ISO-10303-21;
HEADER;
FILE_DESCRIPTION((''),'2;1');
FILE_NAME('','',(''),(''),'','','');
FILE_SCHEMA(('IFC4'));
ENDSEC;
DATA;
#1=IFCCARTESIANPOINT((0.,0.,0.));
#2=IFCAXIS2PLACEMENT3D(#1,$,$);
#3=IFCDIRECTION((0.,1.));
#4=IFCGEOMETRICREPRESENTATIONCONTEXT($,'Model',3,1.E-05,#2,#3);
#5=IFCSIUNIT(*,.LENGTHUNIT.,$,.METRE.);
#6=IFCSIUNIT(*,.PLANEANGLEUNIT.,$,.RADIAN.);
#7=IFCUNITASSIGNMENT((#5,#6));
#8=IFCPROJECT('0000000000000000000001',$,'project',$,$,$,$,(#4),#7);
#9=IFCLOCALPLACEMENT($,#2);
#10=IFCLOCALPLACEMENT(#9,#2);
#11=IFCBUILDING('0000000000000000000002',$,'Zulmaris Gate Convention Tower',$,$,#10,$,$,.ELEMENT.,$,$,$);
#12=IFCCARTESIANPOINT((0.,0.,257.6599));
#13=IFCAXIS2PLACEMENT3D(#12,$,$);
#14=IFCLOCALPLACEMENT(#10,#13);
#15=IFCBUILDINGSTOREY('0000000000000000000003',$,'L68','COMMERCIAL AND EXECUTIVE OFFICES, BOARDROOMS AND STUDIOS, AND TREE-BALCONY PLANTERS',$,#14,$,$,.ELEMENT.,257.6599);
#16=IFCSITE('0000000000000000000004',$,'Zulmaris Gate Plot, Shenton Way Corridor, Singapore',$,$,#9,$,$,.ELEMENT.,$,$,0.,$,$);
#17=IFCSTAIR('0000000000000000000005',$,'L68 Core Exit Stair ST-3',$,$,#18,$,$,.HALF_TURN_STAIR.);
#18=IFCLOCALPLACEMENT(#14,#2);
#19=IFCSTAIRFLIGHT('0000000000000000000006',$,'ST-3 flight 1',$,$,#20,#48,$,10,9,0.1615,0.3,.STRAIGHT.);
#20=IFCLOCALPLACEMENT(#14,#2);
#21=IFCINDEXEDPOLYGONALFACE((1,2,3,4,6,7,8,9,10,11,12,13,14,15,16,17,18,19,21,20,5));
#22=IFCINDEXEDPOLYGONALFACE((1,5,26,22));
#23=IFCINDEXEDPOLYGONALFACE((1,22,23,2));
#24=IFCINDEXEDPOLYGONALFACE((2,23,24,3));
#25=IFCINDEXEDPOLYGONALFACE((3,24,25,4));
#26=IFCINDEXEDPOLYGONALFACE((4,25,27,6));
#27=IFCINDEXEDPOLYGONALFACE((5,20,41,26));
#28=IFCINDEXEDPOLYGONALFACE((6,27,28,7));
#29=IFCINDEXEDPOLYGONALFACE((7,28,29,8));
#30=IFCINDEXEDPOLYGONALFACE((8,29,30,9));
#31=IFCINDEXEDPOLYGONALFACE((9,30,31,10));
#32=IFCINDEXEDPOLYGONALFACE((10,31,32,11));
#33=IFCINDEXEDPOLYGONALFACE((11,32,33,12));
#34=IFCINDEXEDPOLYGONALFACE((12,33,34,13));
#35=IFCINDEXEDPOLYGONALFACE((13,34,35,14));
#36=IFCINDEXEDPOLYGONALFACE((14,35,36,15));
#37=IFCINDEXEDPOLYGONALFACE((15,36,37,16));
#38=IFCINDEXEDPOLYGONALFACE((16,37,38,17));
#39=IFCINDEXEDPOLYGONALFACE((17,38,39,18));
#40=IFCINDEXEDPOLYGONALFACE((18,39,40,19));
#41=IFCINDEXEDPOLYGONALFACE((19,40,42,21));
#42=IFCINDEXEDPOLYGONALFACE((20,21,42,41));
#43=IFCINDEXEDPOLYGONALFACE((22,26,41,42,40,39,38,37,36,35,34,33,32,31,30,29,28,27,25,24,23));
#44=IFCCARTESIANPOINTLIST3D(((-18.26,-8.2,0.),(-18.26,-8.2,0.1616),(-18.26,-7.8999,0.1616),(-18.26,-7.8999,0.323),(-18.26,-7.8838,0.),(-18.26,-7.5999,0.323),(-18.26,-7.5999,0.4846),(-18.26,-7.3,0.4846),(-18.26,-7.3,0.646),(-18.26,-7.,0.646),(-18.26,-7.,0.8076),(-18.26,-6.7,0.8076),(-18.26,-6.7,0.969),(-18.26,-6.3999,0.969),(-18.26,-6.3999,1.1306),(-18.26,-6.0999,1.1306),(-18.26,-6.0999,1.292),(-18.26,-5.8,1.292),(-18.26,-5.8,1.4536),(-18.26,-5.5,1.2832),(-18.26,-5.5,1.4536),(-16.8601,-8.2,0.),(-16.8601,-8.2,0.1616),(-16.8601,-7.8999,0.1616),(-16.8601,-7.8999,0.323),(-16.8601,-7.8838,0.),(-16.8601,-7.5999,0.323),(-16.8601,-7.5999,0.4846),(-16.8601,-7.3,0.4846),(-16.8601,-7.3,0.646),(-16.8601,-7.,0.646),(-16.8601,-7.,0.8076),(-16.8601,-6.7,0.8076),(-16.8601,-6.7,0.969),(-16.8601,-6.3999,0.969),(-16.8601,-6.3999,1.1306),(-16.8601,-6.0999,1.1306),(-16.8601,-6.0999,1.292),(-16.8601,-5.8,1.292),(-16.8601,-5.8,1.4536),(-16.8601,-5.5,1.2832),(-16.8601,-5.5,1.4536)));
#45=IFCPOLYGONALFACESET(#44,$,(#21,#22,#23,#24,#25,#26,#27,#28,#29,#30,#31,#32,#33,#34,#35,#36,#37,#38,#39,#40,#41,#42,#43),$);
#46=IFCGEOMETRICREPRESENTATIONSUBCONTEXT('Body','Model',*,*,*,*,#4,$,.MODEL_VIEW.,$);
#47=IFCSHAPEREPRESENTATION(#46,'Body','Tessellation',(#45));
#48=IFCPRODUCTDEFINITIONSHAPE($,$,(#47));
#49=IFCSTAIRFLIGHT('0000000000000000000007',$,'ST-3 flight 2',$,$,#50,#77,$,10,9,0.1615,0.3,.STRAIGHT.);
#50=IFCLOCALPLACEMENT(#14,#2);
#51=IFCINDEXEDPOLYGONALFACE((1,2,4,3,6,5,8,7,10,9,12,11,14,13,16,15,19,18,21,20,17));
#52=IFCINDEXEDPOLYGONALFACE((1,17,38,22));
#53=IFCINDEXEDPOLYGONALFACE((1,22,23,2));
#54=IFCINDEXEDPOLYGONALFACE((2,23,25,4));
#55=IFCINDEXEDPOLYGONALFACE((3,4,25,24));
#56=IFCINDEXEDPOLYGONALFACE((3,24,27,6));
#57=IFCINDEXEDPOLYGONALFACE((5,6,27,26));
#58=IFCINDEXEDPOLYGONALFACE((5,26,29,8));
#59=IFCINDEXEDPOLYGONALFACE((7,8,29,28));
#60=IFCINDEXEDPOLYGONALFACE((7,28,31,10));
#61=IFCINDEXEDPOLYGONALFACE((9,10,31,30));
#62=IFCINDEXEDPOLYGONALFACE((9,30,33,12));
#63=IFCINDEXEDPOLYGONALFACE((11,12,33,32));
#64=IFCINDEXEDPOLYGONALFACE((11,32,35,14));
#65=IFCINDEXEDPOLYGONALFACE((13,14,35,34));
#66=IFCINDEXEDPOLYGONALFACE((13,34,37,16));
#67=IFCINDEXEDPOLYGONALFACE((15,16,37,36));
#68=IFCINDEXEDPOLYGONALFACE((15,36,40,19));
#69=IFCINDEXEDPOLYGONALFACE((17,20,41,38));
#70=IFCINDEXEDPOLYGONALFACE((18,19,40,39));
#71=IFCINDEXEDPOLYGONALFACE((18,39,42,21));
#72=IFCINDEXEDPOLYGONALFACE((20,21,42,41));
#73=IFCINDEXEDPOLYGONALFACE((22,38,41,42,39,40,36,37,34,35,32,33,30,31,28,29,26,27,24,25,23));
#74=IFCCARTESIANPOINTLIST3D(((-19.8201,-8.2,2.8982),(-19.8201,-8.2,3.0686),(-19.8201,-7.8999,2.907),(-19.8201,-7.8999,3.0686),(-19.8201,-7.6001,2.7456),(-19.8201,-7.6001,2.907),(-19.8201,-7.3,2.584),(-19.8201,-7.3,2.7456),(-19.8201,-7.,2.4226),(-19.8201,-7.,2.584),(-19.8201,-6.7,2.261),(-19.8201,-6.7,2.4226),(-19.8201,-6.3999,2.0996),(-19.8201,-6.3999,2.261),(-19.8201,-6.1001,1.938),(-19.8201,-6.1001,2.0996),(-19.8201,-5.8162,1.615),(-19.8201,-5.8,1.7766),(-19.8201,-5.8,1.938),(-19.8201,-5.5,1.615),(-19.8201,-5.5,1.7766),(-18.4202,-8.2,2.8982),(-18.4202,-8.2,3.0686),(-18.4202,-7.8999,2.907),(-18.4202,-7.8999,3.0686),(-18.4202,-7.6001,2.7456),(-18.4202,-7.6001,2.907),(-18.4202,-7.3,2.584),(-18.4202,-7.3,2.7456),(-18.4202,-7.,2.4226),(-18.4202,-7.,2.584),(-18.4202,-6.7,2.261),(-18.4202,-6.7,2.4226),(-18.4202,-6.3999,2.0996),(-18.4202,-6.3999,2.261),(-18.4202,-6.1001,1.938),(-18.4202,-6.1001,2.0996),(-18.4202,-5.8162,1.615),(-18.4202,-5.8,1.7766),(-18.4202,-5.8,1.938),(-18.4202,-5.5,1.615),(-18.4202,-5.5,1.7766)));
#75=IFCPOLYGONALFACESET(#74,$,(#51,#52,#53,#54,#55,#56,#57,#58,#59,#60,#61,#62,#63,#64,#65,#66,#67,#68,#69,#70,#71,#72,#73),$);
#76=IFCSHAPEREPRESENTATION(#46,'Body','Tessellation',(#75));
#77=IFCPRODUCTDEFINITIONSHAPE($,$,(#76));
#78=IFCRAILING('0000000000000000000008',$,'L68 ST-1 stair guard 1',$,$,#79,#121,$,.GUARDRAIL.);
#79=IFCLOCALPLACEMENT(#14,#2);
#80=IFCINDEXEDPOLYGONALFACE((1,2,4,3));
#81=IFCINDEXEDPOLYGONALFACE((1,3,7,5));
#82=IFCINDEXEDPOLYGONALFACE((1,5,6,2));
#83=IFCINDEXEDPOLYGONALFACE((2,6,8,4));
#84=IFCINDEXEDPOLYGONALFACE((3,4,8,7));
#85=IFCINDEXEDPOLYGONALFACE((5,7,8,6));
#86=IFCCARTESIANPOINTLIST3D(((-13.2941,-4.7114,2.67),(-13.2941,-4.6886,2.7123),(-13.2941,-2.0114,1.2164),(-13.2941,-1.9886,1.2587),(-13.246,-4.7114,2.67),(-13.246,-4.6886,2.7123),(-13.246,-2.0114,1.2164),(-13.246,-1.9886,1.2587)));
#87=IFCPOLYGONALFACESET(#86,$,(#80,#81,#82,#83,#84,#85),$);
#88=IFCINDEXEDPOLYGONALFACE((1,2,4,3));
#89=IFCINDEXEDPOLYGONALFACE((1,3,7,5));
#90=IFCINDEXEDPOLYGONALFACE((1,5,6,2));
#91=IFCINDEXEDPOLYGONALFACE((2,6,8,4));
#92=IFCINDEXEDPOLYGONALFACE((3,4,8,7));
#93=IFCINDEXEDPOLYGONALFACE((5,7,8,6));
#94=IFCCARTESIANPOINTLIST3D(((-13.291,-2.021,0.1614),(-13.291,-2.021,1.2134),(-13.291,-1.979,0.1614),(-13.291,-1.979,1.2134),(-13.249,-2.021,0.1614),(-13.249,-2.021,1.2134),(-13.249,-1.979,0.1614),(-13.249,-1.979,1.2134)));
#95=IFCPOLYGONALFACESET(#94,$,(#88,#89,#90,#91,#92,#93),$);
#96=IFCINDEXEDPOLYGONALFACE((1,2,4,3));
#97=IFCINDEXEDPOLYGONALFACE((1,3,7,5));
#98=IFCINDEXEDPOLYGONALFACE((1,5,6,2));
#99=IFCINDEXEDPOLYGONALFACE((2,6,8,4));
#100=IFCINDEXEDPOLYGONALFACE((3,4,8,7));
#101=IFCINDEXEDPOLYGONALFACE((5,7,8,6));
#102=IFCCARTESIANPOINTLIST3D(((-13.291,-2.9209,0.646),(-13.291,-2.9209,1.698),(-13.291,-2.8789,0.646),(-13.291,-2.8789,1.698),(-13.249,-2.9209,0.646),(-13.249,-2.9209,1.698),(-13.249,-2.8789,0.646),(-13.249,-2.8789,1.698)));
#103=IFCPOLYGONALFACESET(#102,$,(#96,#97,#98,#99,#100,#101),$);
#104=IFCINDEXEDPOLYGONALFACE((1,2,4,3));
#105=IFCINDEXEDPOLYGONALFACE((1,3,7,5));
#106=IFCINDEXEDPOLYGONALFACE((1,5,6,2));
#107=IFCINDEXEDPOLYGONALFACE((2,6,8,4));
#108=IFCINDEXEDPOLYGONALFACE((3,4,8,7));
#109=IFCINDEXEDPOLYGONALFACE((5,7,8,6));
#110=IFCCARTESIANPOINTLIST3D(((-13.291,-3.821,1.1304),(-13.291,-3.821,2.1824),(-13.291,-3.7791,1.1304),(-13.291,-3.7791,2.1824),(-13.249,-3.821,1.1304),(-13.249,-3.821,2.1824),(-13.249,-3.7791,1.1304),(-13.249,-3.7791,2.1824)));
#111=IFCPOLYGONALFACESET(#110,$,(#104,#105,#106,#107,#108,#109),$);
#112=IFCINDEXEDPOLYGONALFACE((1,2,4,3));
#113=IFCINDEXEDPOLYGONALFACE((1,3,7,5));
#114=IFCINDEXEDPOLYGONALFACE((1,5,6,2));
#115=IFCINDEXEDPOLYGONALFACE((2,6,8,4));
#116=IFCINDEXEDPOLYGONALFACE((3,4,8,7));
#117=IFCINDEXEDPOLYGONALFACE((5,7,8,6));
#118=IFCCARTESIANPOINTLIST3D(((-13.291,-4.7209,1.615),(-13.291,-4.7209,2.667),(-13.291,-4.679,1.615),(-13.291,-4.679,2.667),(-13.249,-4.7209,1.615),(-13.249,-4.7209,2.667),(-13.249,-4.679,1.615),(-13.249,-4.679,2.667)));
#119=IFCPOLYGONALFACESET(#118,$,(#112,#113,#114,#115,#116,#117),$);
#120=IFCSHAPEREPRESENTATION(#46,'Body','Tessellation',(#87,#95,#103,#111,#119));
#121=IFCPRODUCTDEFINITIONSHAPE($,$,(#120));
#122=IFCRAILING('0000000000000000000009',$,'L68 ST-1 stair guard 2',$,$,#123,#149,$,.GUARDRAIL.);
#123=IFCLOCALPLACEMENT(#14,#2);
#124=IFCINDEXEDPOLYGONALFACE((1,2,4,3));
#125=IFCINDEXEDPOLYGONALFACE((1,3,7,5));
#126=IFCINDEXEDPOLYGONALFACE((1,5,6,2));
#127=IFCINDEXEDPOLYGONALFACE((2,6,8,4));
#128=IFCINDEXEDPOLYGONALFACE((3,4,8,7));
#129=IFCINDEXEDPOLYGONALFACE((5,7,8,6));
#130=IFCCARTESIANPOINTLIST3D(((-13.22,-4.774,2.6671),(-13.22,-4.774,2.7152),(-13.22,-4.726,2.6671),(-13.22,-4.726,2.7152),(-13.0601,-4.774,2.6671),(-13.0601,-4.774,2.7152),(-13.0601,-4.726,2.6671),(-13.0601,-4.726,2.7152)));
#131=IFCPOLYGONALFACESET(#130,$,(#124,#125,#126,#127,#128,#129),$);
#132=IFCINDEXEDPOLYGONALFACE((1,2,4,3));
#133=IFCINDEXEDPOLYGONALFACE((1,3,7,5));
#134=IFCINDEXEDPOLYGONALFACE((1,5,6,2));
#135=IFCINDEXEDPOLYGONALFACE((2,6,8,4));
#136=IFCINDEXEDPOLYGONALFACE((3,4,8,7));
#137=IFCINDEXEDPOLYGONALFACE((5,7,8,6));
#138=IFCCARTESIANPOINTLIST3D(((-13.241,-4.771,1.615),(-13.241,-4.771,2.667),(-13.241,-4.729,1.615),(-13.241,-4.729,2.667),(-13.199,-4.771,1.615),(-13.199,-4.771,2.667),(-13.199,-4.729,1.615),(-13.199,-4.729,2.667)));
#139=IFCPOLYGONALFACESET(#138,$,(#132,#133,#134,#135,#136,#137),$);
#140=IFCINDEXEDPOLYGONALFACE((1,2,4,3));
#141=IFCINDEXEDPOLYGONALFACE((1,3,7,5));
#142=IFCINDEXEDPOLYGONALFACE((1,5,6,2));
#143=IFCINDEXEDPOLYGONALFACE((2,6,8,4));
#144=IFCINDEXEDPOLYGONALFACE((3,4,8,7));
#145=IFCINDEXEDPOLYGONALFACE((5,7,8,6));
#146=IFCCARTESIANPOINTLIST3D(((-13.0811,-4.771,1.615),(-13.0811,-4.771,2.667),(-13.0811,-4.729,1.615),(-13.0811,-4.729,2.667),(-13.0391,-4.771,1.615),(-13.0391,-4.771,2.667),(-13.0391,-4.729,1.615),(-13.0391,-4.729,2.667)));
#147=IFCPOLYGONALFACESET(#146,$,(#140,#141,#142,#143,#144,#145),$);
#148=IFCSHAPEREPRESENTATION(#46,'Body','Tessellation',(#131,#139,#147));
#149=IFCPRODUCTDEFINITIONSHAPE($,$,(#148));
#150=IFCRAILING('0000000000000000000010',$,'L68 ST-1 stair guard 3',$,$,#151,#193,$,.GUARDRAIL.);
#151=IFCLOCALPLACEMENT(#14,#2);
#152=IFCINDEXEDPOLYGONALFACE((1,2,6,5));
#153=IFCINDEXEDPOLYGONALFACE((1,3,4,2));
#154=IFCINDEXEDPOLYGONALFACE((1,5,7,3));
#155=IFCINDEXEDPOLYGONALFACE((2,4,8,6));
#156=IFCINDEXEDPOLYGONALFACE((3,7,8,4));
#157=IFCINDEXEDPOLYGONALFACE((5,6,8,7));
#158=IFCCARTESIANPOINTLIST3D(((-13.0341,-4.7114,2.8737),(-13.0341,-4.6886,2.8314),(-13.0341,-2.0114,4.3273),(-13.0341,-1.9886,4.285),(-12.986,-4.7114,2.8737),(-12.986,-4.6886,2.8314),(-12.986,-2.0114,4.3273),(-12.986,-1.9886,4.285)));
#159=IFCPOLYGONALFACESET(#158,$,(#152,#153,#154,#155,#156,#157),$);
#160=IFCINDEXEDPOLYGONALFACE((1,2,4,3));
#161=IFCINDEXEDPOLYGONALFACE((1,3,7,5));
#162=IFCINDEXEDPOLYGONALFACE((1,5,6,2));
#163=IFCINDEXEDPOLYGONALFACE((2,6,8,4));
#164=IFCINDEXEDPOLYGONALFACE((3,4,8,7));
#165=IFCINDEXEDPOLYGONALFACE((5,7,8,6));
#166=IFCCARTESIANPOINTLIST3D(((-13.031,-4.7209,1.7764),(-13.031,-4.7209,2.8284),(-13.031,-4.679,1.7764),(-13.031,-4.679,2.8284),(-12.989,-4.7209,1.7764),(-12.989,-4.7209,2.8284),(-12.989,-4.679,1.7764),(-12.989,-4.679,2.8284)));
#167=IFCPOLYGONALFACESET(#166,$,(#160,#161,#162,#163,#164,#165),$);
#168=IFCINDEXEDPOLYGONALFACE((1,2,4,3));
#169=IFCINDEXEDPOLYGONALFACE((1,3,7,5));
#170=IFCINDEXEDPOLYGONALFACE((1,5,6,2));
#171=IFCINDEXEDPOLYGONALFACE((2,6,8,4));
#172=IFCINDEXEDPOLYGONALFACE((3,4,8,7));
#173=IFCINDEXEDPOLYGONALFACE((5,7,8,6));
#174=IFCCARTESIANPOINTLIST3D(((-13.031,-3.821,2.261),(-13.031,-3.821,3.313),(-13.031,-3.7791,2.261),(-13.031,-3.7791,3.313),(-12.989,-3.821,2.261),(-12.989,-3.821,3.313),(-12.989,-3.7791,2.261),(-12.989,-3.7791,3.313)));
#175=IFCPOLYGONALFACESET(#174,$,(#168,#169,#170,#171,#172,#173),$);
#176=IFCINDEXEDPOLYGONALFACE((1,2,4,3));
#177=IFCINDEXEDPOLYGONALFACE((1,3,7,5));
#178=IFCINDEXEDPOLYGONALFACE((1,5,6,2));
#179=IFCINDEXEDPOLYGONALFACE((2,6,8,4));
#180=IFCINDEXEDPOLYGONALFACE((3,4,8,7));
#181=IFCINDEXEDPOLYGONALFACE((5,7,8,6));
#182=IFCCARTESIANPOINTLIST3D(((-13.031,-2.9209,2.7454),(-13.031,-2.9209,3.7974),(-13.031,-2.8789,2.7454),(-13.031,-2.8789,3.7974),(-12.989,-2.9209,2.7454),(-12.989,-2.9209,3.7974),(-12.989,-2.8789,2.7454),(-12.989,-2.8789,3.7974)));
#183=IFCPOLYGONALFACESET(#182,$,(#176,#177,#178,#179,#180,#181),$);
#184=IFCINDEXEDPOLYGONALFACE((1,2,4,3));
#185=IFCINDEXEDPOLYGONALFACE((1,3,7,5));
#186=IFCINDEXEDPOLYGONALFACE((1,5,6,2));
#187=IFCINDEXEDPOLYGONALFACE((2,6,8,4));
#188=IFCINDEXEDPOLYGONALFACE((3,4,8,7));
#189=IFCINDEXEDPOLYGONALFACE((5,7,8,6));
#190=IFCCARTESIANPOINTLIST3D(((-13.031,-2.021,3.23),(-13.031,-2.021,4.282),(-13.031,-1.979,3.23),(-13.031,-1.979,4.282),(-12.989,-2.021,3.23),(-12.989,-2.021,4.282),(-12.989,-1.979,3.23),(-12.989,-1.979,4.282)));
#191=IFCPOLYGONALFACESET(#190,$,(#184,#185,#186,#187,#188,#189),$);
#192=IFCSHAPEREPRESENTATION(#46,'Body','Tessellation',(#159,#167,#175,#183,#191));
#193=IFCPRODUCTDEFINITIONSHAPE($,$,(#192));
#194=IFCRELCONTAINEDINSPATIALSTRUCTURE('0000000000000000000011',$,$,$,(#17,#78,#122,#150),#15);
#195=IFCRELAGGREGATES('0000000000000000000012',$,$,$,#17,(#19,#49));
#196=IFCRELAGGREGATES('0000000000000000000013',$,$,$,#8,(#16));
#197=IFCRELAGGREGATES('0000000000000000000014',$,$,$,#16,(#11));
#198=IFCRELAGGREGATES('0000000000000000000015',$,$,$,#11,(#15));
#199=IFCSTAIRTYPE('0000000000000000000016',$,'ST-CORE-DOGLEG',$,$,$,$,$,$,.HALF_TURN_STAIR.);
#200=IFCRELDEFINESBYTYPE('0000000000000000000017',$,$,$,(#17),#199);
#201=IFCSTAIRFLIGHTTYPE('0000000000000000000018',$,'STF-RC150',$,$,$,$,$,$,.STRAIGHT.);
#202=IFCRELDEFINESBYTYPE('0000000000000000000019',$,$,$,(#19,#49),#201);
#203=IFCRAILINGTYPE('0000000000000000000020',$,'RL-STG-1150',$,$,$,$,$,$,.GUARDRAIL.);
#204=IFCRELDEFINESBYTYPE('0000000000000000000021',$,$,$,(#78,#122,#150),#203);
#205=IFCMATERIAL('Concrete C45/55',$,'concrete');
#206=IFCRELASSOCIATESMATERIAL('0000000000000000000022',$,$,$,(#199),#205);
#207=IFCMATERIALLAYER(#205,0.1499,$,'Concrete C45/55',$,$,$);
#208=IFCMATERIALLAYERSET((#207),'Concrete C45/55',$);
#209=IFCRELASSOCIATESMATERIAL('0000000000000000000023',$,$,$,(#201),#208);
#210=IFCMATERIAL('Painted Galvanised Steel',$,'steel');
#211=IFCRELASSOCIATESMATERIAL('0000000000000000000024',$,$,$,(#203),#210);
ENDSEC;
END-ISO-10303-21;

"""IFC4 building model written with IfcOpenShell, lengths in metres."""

from ifc_helpers import new_model, si_unit, direction, frame, origin, origin_2d, place, context, subcontext, project, spatial, polyline, rectangle, outline, extrude, material, layer, layer_set, type_object, element, aggregate, save


model = new_model("IFC4")

# Units and contexts
model_context = context("Model", 3, precision=1e-05, world=origin(), true_north=direction((0.0, 1.0)))
body_context = subcontext(model_context, "Body", "Model", "MODEL_VIEW")
ifc_project = project(units=[si_unit("LENGTHUNIT", "METRE"), si_unit("PLANEANGLEUNIT", "RADIAN")], contexts=[model_context])

# Site, building, storey
site_placement = place(None, origin())
site = spatial("IfcSite", under=ifc_project, at=site_placement, Name="Zulmaris Gate Plot, Shenton Way Corridor, Singapore", CompositionType="ELEMENT", RefElevation=0.0)
building_placement = place(site_placement, origin())
building = spatial("IfcBuilding", under=site, at=building_placement, Name="Zulmaris Gate Convention Tower", CompositionType="ELEMENT")
storey_placement = place(building_placement, frame((0.0, 0.0, 257.6599)))
storey = spatial("IfcBuildingStorey", under=building, at=storey_placement, Name="L68", Description="COMMERCIAL AND EXECUTIVE OFFICES, BOARDROOMS AND STUDIOS, AND TREE-BALCONY PLANTERS", CompositionType="ELEMENT", Elevation=257.6599)

# Stair, stair flights
ifc_material_1 = material(Name="Concrete C45/55", Category="concrete")
stair_type = type_object("IfcStairType", Name="ST-CORE-DOGLEG", PredefinedType="HALF_TURN_STAIR", material=ifc_material_1)
ifc_layer_1 = layer(ifc_material_1, 0.1499, Name="Concrete C45/55")
ifc_layer_set_1 = layer_set([ifc_layer_1], Name="Concrete C45/55")
stair_flight_type = type_object("IfcStairFlightType", Name="STF-RC150", PredefinedType="STRAIGHT", material=ifc_layer_set_1)
stair_1_placement = place(storey_placement, origin())
stair_1 = element("IfcStair", 1, at=stair_1_placement, inside=storey, type_object=stair_type, Name="L68 Core Exit Stair ST-3", PredefinedType="HALF_TURN_STAIR")
stair_flight_1_placement = place(storey_placement, frame((-17.5601, -8.2, 0.0), z_axis=(0.0, 0.0, 1.0), x_axis=(0.0, 1.0, 0.0)))
stair_flight_1 = element("IfcStairFlight", 2, at=stair_flight_1_placement, type_object=stair_flight_type, Name="ST-3 flight 1", NumberOfRisers=10, NumberOfTreads=9, PredefinedType="STRAIGHT", RiserHeight=0.1615, TreadLength=0.3, context=body_context, shape_type="SweptSolid", body=[
    extrude(outline(polyline([(0.0, 0.0), (0.0, 0.1616), (0.3, 0.1616), (0.3, 0.323), (0.6001, 0.323), (0.6001, 0.4846), (0.8999, 0.4846), (0.8999, 0.646), (1.2, 0.646), (1.2, 0.8076), (1.5, 0.8076), (1.5, 0.969), (1.8, 0.969), (1.8, 1.1306), (2.1001, 1.1306), (2.1001, 1.292), (2.3999, 1.292), (2.3999, 1.4536), (2.7, 1.4536), (2.7, 1.615), (2.7, 1.2832), (0.3162, 0.0), (0.0, 0.0)])), frame((0.0, 0.7, 0.0), z_axis=(0.0, -1.0, 0.0), x_axis=(1.0, 0.0, 0.0)), (0.0, 0.0, 1.0), 1.3999),
])
stair_flight_2_placement = place(storey_placement, frame((-19.1201, -5.5, 1.615), z_axis=(0.0, 0.0, 1.0), x_axis=(0.0, -1.0, 0.0)))
stair_flight_2 = element("IfcStairFlight", 3, at=stair_flight_2_placement, type_object=stair_flight_type, Name="ST-3 flight 2", NumberOfRisers=10, NumberOfTreads=9, PredefinedType="STRAIGHT", RiserHeight=0.1615, TreadLength=0.3, context=body_context, shape_type="SweptSolid", body=[
    extrude(outline(polyline([(0.0, 0.0), (0.0, 0.1616), (0.3, 0.1616), (0.3, 0.323), (0.6001, 0.323), (0.6001, 0.4846), (0.8999, 0.4846), (0.8999, 0.646), (1.2, 0.646), (1.2, 0.8076), (1.5, 0.8076), (1.5, 0.969), (1.8, 0.969), (1.8, 1.1306), (2.1001, 1.1306), (2.1001, 1.292), (2.3999, 1.292), (2.3999, 1.4536), (2.7, 1.4536), (2.7, 1.615), (2.7, 1.2832), (0.3162, 0.0), (0.0, 0.0)])), frame((0.0, 0.7, 0.0), z_axis=(0.0, -1.0, 0.0), x_axis=(1.0, 0.0, 0.0)), (0.0, 0.0, 1.0), 1.3999),
])
aggregate(stair_1, [stair_flight_1, stair_flight_2])

# Railings
ifc_material_2 = material(Name="Painted Galvanised Steel", Category="steel")
railing_type_1 = type_object("IfcRailingType", Name="RL-STG-1150", PredefinedType="GUARDRAIL", material=ifc_material_2)
railing_1_placement = place(storey_placement, frame((-13.27, -2.0, 0.1614)))
element("IfcRailing", 4, at=railing_1_placement, inside=storey, type_object=railing_type_1, Name="L68 ST-1 stair guard 1", PredefinedType="GUARDRAIL", context=body_context, shape_type="SweptSolid", body=[
    extrude(rectangle(XDim=0.0481, YDim=0.0481, at=origin_2d()), frame((0.0, 0.0, 1.0762), z_axis=(0.0, -0.880499, 0.474048), x_axis=(1.0, 0.0, 0.0)), (0.0, 0.0, 1.0), 3.0664),
    extrude(rectangle(XDim=0.042, YDim=0.042, at=origin_2d()), origin(), (0.0, 0.0, 1.0), 1.052),
    extrude(rectangle(XDim=0.042, YDim=0.042, at=origin_2d()), frame((0.0, -0.8999, 0.4846)), (0.0, 0.0, 1.0), 1.052),
    extrude(rectangle(XDim=0.042, YDim=0.042, at=origin_2d()), frame((0.0, -1.8, 0.969)), (0.0, 0.0, 1.0), 1.052),
    extrude(rectangle(XDim=0.042, YDim=0.042, at=origin_2d()), frame((0.0, -2.7, 1.4536)), (0.0, 0.0, 1.0), 1.052),
])
railing_2_placement = place(storey_placement, frame((-13.22, -4.75, 1.615)))
element("IfcRailing", 5, at=railing_2_placement, inside=storey, type_object=railing_type_1, Name="L68 ST-1 stair guard 2", PredefinedType="GUARDRAIL", context=body_context, shape_type="SweptSolid", body=[
    extrude(rectangle(XDim=0.0481, YDim=0.0481, at=origin_2d()), frame((0.0, 0.0, 1.0762), z_axis=(1.0, 0.0, 0.0), x_axis=(0.0, 1.0, 0.0)), (0.0, 0.0, 1.0), 0.1599),
    extrude(rectangle(XDim=0.042, YDim=0.042, at=origin_2d()), origin(), (0.0, 0.0, 1.0), 1.052),
    extrude(rectangle(XDim=0.042, YDim=0.042, at=origin_2d()), frame((0.1599, 0.0, 0.0)), (0.0, 0.0, 1.0), 1.052),
])
railing_3_placement = place(storey_placement, frame((-13.01, -4.7, 1.7764)))
element("IfcRailing", 6, at=railing_3_placement, inside=storey, type_object=railing_type_1, Name="L68 ST-1 stair guard 3", PredefinedType="GUARDRAIL", context=body_context, shape_type="SweptSolid", body=[
    extrude(rectangle(XDim=0.0481, YDim=0.0481, at=origin_2d()), frame((0.0, 0.0, 1.0762), z_axis=(0.0, 0.880499, 0.474048), x_axis=(-1.0, 0.0, 0.0)), (0.0, 0.0, 1.0), 3.0664),
    extrude(rectangle(XDim=0.042, YDim=0.042, at=origin_2d()), origin(), (0.0, 0.0, 1.0), 1.052),
    extrude(rectangle(XDim=0.042, YDim=0.042, at=origin_2d()), frame((0.0, 0.8999, 0.4846)), (0.0, 0.0, 1.0), 1.052),
    extrude(rectangle(XDim=0.042, YDim=0.042, at=origin_2d()), frame((0.0, 1.8, 0.969)), (0.0, 0.0, 1.0), 1.052),
    extrude(rectangle(XDim=0.042, YDim=0.042, at=origin_2d()), frame((0.0, 2.7, 1.4536)), (0.0, 0.0, 1.0), 1.052),
])

save(model, "model.ifc")
